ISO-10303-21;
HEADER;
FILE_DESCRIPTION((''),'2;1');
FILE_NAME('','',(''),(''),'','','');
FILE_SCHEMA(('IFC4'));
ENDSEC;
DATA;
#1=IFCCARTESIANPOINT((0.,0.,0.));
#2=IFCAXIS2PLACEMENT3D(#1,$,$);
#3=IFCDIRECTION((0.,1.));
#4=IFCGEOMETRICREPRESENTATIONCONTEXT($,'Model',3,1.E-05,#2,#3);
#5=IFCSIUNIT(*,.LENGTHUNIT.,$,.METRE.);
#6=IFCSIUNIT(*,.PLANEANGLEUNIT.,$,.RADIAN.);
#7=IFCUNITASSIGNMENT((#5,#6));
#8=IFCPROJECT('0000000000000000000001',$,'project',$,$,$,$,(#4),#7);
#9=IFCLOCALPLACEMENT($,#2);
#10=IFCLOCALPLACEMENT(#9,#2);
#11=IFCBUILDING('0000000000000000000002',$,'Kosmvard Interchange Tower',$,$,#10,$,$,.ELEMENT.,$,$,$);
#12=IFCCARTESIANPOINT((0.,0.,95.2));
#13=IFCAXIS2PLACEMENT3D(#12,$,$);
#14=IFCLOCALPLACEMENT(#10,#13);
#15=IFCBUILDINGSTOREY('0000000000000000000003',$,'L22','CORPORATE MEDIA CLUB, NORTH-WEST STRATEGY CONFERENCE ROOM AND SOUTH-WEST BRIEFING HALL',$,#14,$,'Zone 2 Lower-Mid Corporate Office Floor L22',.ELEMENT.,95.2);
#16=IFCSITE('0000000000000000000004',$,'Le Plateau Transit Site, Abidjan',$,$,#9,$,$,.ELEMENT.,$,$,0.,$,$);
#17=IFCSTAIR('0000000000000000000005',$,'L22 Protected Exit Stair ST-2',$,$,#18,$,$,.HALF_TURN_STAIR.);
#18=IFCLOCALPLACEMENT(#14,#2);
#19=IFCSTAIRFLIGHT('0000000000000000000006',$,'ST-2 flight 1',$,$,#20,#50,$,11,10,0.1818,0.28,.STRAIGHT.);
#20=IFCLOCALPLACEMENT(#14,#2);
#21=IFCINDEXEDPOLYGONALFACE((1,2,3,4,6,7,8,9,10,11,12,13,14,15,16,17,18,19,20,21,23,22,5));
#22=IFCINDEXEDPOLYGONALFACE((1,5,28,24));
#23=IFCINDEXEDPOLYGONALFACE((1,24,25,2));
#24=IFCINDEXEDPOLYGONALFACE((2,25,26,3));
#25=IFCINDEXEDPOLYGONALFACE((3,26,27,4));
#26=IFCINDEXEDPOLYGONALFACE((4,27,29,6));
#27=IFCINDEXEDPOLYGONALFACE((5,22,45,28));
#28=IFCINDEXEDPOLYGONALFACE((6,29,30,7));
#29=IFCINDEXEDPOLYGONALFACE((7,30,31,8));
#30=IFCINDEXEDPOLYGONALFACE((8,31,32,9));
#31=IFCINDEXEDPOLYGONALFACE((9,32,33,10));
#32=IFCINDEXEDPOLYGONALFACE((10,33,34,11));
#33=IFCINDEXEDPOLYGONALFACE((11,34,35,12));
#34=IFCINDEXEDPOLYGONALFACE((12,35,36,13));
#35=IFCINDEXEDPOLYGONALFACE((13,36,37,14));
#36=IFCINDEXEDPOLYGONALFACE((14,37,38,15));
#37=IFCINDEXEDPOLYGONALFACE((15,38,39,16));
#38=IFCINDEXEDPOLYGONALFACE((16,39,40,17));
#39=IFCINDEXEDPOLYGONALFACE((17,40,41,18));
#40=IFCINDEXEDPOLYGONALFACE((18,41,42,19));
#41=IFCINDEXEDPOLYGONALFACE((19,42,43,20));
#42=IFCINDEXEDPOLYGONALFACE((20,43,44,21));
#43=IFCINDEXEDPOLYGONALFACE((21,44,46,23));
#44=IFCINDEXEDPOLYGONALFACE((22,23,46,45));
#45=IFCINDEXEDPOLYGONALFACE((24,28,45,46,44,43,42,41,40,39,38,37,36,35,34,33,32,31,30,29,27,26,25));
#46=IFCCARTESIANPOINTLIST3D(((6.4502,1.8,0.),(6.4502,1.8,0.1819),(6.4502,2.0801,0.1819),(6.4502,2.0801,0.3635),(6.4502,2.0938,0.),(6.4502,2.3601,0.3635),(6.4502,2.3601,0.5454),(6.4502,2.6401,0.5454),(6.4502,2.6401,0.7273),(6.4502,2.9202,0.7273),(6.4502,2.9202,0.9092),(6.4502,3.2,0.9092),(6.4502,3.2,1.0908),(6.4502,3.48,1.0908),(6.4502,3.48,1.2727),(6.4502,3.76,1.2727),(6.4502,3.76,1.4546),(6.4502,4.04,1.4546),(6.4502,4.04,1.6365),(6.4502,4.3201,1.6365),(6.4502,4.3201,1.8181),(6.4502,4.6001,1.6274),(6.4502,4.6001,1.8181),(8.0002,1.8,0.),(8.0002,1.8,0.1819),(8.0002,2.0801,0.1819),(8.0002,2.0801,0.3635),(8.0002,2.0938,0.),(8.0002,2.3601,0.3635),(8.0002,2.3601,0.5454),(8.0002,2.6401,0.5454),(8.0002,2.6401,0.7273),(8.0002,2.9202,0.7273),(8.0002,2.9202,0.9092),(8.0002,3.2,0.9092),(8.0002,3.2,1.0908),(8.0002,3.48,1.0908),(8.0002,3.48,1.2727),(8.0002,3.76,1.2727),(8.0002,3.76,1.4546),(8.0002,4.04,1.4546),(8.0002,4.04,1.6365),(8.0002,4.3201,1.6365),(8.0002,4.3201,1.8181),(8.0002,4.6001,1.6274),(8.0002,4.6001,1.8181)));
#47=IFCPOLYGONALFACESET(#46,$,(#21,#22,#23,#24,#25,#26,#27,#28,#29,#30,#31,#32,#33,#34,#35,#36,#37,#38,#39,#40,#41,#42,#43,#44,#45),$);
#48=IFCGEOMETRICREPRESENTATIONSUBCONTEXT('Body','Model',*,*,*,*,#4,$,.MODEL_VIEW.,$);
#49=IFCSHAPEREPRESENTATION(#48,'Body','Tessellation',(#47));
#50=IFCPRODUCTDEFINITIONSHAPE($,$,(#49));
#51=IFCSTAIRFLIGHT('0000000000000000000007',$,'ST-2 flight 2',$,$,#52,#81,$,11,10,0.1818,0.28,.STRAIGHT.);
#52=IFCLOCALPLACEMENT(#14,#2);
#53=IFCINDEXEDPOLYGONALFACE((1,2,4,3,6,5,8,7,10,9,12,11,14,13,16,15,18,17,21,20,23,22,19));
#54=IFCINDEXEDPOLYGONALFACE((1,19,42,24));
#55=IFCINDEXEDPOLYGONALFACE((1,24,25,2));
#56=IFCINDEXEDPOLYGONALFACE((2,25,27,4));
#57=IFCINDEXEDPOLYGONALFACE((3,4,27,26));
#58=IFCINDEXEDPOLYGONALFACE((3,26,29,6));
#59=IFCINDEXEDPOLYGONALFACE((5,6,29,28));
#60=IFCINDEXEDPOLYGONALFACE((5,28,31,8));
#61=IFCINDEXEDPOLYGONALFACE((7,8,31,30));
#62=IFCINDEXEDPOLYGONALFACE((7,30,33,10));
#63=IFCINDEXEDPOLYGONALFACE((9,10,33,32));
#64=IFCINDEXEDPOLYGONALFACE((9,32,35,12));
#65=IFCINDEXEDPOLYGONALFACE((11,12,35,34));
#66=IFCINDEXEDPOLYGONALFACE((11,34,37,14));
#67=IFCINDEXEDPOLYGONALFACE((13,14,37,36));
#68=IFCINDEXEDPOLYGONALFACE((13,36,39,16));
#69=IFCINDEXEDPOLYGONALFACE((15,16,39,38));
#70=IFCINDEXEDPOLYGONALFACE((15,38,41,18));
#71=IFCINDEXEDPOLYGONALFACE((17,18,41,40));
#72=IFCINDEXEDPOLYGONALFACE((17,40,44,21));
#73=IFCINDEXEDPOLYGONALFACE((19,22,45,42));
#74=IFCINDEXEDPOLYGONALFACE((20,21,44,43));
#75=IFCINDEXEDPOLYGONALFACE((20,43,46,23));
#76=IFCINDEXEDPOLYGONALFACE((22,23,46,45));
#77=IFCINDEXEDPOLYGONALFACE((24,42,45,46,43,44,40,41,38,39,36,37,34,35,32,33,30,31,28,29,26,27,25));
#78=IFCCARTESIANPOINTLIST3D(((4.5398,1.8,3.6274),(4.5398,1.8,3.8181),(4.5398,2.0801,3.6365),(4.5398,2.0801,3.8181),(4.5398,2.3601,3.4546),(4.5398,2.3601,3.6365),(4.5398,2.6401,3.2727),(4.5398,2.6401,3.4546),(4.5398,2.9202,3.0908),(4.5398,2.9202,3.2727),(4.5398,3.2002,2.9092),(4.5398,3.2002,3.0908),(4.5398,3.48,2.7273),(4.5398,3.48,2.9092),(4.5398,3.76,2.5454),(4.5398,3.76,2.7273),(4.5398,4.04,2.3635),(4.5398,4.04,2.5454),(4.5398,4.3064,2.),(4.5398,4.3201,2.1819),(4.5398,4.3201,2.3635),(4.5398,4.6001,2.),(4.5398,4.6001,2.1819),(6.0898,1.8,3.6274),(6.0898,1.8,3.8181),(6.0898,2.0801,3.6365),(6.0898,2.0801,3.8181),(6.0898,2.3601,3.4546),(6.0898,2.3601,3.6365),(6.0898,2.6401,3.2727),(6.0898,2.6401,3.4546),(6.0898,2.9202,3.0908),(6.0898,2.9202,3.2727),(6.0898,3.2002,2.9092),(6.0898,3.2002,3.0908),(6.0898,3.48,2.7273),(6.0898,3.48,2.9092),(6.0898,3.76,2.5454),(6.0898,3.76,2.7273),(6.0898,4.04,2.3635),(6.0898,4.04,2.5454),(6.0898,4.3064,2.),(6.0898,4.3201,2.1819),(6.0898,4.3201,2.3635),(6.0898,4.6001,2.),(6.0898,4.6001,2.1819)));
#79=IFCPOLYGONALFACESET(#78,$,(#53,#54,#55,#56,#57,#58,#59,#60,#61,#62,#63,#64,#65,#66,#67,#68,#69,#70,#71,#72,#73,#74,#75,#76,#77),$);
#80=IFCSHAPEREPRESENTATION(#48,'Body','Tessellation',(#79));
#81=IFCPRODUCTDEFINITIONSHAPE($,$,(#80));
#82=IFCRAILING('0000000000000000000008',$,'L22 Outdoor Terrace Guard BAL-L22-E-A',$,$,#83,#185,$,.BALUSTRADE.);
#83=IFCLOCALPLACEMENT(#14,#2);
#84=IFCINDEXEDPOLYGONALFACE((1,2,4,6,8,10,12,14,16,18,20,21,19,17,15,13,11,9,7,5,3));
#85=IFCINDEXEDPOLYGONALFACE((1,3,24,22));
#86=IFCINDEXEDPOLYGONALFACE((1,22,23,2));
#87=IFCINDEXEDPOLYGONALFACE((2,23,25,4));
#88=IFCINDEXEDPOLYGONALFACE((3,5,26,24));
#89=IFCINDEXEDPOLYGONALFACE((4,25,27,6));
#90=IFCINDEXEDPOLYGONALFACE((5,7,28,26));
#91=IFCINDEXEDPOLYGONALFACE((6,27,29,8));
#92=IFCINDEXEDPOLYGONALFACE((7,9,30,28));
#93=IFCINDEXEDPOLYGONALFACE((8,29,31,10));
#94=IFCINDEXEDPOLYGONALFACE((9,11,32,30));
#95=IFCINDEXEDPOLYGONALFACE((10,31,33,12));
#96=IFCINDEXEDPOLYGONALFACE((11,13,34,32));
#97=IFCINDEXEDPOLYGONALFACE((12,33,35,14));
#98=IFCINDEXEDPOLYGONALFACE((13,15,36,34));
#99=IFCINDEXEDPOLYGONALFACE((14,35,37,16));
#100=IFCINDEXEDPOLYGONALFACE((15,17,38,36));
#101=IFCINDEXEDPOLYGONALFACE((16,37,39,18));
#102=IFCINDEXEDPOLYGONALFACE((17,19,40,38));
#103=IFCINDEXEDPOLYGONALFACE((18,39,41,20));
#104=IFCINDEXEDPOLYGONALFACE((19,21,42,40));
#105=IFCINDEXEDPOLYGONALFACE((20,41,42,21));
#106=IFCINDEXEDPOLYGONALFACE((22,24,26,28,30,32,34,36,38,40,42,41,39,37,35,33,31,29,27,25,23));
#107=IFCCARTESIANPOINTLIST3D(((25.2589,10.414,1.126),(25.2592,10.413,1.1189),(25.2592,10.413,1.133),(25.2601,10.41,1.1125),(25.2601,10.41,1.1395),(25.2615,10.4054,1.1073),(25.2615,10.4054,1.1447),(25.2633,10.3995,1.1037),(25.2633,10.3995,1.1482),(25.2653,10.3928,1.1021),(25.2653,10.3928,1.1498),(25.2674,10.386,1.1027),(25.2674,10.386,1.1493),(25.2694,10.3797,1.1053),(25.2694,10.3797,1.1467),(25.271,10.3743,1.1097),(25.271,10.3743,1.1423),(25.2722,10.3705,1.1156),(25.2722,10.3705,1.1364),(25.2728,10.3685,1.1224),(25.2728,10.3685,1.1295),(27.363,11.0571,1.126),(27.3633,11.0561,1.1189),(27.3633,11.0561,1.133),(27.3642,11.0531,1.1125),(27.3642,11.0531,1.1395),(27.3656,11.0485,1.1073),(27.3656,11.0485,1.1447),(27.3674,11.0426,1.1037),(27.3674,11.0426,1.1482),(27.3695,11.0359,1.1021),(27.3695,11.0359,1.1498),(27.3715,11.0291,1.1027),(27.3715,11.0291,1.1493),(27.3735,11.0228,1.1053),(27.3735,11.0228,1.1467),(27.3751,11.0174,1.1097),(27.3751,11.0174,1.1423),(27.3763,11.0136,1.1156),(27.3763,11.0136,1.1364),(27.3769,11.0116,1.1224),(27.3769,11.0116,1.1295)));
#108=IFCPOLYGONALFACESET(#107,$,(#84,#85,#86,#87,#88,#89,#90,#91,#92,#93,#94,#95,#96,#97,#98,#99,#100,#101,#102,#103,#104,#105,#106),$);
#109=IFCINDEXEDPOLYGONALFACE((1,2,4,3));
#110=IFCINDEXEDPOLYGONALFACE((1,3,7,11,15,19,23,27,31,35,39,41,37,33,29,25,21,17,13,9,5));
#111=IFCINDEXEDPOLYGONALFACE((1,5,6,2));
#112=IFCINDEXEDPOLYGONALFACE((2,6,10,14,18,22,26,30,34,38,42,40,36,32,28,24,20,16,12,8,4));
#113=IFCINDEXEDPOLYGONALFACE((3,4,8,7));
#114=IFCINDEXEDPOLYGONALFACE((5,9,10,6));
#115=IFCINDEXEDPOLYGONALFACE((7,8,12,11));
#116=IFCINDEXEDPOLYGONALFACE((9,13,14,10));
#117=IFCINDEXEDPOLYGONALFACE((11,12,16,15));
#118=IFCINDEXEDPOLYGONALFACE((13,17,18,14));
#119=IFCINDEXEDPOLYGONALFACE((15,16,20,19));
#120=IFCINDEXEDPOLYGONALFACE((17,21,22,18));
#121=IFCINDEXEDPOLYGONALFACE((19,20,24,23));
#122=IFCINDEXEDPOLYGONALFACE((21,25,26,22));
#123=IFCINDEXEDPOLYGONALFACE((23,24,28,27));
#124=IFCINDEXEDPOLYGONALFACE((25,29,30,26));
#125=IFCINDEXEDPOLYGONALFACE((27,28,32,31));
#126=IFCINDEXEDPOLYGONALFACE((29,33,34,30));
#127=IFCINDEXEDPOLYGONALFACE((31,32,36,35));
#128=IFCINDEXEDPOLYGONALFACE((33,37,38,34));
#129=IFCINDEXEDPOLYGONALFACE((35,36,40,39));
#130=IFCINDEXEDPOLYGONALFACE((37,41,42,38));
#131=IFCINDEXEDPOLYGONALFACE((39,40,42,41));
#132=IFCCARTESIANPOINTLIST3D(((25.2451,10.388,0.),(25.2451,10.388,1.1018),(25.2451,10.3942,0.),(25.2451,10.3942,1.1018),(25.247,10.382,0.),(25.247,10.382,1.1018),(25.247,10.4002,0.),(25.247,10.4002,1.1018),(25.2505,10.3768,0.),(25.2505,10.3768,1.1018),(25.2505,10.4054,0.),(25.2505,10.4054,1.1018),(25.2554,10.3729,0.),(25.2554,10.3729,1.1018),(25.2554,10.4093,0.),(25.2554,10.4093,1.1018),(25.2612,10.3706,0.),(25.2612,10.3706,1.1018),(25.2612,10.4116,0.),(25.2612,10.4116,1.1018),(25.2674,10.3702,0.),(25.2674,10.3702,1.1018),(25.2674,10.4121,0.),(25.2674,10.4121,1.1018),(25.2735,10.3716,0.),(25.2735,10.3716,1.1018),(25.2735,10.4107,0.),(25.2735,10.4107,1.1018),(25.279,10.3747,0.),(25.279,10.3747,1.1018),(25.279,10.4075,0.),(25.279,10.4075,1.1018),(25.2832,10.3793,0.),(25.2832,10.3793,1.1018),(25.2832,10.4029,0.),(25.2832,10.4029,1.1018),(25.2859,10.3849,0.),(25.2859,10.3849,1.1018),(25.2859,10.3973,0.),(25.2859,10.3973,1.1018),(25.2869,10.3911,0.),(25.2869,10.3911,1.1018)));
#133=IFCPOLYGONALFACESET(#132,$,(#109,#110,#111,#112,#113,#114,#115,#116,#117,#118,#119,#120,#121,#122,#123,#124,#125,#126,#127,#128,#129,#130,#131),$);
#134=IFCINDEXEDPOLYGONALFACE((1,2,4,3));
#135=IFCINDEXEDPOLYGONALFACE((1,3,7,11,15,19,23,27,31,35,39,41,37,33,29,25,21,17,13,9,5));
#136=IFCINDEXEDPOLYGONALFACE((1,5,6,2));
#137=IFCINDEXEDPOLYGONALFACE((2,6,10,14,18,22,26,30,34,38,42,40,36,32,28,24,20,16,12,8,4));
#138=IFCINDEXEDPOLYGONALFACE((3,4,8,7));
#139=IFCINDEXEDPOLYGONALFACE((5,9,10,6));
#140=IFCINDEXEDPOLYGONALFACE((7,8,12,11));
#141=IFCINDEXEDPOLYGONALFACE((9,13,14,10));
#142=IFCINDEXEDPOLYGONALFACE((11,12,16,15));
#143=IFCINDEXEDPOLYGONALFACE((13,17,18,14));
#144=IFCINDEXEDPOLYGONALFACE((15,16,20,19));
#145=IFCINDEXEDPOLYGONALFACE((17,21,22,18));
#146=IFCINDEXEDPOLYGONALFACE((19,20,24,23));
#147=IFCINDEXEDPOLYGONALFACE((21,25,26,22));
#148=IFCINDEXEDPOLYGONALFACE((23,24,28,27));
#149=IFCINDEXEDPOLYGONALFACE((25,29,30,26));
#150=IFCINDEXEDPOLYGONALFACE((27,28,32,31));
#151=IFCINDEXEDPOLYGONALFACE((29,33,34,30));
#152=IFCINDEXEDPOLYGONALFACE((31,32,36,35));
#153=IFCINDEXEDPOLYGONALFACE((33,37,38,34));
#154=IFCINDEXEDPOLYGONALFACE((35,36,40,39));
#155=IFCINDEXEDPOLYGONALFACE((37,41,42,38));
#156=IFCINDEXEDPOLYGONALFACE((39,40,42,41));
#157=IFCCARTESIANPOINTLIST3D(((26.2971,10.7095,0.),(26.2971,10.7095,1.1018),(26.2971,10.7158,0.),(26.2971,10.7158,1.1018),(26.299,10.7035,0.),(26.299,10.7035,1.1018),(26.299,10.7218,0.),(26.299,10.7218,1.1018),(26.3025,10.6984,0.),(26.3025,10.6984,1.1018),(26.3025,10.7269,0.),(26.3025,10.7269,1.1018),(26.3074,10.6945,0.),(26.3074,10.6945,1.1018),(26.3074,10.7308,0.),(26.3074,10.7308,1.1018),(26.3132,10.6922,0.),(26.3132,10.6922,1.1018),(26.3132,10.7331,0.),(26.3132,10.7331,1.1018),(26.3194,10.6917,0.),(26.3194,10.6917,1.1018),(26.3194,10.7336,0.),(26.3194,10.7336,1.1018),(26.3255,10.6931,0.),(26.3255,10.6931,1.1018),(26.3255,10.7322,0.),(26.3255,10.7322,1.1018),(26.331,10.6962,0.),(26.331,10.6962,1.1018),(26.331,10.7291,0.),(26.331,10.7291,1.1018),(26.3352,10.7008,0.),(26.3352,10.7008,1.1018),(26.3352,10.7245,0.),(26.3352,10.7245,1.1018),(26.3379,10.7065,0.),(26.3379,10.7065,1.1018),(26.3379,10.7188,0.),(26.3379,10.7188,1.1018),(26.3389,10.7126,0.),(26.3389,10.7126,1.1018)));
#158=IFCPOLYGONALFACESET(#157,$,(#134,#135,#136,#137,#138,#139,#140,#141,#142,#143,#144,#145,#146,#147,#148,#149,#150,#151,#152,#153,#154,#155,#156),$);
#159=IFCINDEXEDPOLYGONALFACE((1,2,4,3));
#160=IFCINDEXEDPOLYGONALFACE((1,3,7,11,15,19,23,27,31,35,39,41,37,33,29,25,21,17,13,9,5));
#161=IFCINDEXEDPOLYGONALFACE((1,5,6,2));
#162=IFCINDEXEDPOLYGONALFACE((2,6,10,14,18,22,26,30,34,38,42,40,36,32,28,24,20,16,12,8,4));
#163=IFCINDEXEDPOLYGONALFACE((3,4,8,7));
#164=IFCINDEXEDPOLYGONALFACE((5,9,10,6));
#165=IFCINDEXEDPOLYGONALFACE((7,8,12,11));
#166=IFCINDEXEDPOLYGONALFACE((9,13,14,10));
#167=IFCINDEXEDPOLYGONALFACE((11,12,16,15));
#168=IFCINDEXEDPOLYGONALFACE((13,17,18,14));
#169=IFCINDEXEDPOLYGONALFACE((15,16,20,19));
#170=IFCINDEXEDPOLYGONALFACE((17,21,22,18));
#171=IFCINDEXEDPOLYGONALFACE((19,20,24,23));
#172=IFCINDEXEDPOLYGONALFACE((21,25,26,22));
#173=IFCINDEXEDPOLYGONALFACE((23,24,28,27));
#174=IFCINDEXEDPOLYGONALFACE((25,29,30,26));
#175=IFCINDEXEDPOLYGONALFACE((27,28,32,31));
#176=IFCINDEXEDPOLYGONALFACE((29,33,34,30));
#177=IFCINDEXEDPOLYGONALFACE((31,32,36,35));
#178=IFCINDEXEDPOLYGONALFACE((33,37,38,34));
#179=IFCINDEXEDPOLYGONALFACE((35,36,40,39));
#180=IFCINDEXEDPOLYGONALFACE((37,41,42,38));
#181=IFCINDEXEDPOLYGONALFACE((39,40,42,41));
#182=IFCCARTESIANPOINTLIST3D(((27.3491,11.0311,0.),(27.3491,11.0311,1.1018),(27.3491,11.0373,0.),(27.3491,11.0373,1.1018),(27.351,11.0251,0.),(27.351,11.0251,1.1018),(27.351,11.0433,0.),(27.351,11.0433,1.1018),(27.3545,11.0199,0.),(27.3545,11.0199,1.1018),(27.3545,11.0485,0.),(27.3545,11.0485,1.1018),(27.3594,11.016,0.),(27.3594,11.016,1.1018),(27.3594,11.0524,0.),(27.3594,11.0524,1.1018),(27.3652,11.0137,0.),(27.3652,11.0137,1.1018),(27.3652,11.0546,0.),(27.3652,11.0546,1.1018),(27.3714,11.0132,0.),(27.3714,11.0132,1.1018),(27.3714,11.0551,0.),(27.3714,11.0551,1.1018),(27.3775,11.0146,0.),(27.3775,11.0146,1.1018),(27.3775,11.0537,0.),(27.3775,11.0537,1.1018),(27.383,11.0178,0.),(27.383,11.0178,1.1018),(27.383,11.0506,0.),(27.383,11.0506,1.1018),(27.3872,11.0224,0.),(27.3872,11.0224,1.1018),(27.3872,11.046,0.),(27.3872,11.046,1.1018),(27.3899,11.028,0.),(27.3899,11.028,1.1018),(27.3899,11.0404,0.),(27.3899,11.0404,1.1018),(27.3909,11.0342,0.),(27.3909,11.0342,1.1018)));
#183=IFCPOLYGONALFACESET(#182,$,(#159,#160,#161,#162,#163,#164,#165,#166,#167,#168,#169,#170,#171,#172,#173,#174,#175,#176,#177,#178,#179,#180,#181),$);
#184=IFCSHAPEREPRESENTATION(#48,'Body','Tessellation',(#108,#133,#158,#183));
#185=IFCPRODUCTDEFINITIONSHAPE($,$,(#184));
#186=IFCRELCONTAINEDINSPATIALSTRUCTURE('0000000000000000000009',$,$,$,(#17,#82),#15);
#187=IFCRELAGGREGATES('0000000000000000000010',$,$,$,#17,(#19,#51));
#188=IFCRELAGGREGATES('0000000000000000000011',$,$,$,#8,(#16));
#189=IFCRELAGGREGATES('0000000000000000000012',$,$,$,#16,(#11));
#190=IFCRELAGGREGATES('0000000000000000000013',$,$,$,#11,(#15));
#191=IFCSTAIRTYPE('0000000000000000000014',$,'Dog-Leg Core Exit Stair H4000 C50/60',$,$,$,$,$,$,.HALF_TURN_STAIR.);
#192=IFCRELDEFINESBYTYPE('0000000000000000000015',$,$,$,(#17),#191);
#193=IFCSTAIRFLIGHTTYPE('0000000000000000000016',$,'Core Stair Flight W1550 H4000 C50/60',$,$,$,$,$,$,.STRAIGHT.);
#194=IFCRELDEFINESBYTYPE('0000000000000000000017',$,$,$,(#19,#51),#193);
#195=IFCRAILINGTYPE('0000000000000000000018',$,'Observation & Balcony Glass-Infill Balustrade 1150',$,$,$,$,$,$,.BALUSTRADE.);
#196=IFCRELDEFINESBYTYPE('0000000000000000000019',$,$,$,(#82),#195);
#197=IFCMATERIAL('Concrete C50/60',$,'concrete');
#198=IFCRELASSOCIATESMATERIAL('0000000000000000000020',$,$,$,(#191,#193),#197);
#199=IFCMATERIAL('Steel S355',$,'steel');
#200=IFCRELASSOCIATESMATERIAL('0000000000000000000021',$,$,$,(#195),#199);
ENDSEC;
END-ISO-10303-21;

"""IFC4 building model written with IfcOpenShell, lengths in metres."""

from ifc_helpers import new_model, si_unit, direction, frame, origin, origin_2d, place, context, subcontext, project, spatial, polyline, circle, outline, extrude, source, transform, mapped, material, type_object, element, aggregate, save


model = new_model("IFC4")

# Units and contexts
model_context = context("Model", 3, precision=1e-05, world=origin(), true_north=direction((0.0, 1.0)))
body_context = subcontext(model_context, "Body", "Model", "MODEL_VIEW")
ifc_project = project(units=[si_unit("LENGTHUNIT", "METRE"), si_unit("PLANEANGLEUNIT", "RADIAN")], contexts=[model_context])

# Site, building, storey
site_placement = place(None, origin())
site = spatial("IfcSite", under=ifc_project, at=site_placement, Name="Le Plateau Transit Site, Abidjan", CompositionType="ELEMENT", RefElevation=0.0)
building_placement = place(site_placement, origin())
building = spatial("IfcBuilding", under=site, at=building_placement, Name="Kosmvard Interchange Tower", CompositionType="ELEMENT")
storey_placement = place(building_placement, frame((0.0, 0.0, 95.2)))
storey = spatial("IfcBuildingStorey", under=building, at=storey_placement, Name="L22", Description="CORPORATE MEDIA CLUB, NORTH-WEST STRATEGY CONFERENCE ROOM AND SOUTH-WEST BRIEFING HALL", LongName="Zone 2 Lower-Mid Corporate Office Floor L22", CompositionType="ELEMENT", Elevation=95.2)

# Shared definitions
ifc_material_1 = material(Name="Steel S355", Category="steel")

# Stair, stair flights
ifc_material_2 = material(Name="Concrete C50/60", Category="concrete")
stair_type = type_object("IfcStairType", Name="Dog-Leg Core Exit Stair H4000 C50/60", PredefinedType="HALF_TURN_STAIR", material=ifc_material_2)
stair_placement = place(storey_placement, origin())
stair = element("IfcStair", 1, at=stair_placement, inside=storey, type_object=stair_type, Name="L22 Protected Exit Stair ST-2", PredefinedType="HALF_TURN_STAIR")
stair_flight_type = type_object("IfcStairFlightType", Name="Core Stair Flight W1550 H4000 C50/60", PredefinedType="STRAIGHT", material=ifc_material_2)
shared_shape_1 = source(origin(), body_context, "Body", "SweptSolid", [
    extrude(outline(polyline([(0.0, 0.0), (0.0, 0.1819), (0.28, 0.1819), (0.28, 0.3635), (0.5601, 0.3635), (0.5601, 0.5454), (0.8401, 0.5454), (0.8401, 0.7273), (1.1201, 0.7273), (1.1201, 0.9092), (1.3999, 0.9092), (1.3999, 1.0908), (1.6799, 1.0908), (1.6799, 1.2727), (1.96, 1.2727), (1.96, 1.4546), (2.24, 1.4546), (2.24, 1.6365), (2.52, 1.6365), (2.52, 1.8181), (2.8, 1.8181), (2.8, 2.0), (2.8, 1.6274), (0.2937, 0.0), (0.0, 0.0)])), frame((0.0, 0.7749, 0.0), z_axis=(0.0, -1.0, 0.0), x_axis=(1.0, 0.0, 0.0)), (0.0, 0.0, 1.0), 1.55),
])
stair_flight_1_placement = place(storey_placement, frame((7.2251, 1.8, 0.0), z_axis=(0.0, 0.0, 1.0), x_axis=(0.0, 1.0, 0.0)))
stair_flight_1 = element("IfcStairFlight", 2, at=stair_flight_1_placement, type_object=stair_flight_type, Name="ST-2 flight 1", NumberOfRisers=11, NumberOfTreads=10, PredefinedType="STRAIGHT", RiserHeight=0.1818, TreadLength=0.28, context=body_context, shape_type="MappedRepresentation", body=[
    mapped(shared_shape_1, transform((0.0, 0.0, 0.0), scale=1.0)),
])
stair_flight_2_placement = place(storey_placement, frame((5.3149, 4.6001, 2.0), z_axis=(0.0, 0.0, 1.0), x_axis=(0.0, -1.0, 0.0)))
stair_flight_2 = element("IfcStairFlight", 3, at=stair_flight_2_placement, type_object=stair_flight_type, Name="ST-2 flight 2", NumberOfRisers=11, NumberOfTreads=10, PredefinedType="STRAIGHT", RiserHeight=0.1818, TreadLength=0.28, context=body_context, shape_type="MappedRepresentation", body=[
    mapped(shared_shape_1, transform((0.0, 0.0, 0.0), scale=1.0)),
])
aggregate(stair, [stair_flight_1, stair_flight_2])

# Railing
railing_type_1 = type_object("IfcRailingType", Name="Observation & Balcony Glass-Infill Balustrade 1150", PredefinedType="BALUSTRADE", material=ifc_material_1)
shared_shape_2 = source(origin(), body_context, "Body", "SweptSolid", [
    extrude(circle(Radius=0.0239, at=origin_2d()), frame((0.0, 0.0, 1.126), z_axis=(0.956329, 0.292292, 0.0), x_axis=(-0.292292, 0.956329, 0.0)), (0.0, 0.0, 1.0), 2.2002),
    extrude(circle(Radius=0.021, at=origin_2d()), origin(), (0.0, 0.0, 1.0), 1.1018),
    extrude(circle(Radius=0.021, at=origin_2d()), frame((1.052, 0.3215, 0.0)), (0.0, 0.0, 1.0), 1.1018),
    extrude(circle(Radius=0.021, at=origin_2d()), frame((2.104, 0.6431, 0.0)), (0.0, 0.0, 1.0), 1.1018),
])
railing_1_placement = place(storey_placement, frame((25.2659, 10.3911, 0.0)))
element("IfcRailing", 4, at=railing_1_placement, inside=storey, type_object=railing_type_1, Name="L22 Outdoor Terrace Guard BAL-L22-E-A", PredefinedType="BALUSTRADE", context=body_context, shape_type="MappedRepresentation", body=[
    mapped(shared_shape_2, transform((0.0, 0.0, 0.0), scale=1.0)),
])

save(model, "model.ifc")
